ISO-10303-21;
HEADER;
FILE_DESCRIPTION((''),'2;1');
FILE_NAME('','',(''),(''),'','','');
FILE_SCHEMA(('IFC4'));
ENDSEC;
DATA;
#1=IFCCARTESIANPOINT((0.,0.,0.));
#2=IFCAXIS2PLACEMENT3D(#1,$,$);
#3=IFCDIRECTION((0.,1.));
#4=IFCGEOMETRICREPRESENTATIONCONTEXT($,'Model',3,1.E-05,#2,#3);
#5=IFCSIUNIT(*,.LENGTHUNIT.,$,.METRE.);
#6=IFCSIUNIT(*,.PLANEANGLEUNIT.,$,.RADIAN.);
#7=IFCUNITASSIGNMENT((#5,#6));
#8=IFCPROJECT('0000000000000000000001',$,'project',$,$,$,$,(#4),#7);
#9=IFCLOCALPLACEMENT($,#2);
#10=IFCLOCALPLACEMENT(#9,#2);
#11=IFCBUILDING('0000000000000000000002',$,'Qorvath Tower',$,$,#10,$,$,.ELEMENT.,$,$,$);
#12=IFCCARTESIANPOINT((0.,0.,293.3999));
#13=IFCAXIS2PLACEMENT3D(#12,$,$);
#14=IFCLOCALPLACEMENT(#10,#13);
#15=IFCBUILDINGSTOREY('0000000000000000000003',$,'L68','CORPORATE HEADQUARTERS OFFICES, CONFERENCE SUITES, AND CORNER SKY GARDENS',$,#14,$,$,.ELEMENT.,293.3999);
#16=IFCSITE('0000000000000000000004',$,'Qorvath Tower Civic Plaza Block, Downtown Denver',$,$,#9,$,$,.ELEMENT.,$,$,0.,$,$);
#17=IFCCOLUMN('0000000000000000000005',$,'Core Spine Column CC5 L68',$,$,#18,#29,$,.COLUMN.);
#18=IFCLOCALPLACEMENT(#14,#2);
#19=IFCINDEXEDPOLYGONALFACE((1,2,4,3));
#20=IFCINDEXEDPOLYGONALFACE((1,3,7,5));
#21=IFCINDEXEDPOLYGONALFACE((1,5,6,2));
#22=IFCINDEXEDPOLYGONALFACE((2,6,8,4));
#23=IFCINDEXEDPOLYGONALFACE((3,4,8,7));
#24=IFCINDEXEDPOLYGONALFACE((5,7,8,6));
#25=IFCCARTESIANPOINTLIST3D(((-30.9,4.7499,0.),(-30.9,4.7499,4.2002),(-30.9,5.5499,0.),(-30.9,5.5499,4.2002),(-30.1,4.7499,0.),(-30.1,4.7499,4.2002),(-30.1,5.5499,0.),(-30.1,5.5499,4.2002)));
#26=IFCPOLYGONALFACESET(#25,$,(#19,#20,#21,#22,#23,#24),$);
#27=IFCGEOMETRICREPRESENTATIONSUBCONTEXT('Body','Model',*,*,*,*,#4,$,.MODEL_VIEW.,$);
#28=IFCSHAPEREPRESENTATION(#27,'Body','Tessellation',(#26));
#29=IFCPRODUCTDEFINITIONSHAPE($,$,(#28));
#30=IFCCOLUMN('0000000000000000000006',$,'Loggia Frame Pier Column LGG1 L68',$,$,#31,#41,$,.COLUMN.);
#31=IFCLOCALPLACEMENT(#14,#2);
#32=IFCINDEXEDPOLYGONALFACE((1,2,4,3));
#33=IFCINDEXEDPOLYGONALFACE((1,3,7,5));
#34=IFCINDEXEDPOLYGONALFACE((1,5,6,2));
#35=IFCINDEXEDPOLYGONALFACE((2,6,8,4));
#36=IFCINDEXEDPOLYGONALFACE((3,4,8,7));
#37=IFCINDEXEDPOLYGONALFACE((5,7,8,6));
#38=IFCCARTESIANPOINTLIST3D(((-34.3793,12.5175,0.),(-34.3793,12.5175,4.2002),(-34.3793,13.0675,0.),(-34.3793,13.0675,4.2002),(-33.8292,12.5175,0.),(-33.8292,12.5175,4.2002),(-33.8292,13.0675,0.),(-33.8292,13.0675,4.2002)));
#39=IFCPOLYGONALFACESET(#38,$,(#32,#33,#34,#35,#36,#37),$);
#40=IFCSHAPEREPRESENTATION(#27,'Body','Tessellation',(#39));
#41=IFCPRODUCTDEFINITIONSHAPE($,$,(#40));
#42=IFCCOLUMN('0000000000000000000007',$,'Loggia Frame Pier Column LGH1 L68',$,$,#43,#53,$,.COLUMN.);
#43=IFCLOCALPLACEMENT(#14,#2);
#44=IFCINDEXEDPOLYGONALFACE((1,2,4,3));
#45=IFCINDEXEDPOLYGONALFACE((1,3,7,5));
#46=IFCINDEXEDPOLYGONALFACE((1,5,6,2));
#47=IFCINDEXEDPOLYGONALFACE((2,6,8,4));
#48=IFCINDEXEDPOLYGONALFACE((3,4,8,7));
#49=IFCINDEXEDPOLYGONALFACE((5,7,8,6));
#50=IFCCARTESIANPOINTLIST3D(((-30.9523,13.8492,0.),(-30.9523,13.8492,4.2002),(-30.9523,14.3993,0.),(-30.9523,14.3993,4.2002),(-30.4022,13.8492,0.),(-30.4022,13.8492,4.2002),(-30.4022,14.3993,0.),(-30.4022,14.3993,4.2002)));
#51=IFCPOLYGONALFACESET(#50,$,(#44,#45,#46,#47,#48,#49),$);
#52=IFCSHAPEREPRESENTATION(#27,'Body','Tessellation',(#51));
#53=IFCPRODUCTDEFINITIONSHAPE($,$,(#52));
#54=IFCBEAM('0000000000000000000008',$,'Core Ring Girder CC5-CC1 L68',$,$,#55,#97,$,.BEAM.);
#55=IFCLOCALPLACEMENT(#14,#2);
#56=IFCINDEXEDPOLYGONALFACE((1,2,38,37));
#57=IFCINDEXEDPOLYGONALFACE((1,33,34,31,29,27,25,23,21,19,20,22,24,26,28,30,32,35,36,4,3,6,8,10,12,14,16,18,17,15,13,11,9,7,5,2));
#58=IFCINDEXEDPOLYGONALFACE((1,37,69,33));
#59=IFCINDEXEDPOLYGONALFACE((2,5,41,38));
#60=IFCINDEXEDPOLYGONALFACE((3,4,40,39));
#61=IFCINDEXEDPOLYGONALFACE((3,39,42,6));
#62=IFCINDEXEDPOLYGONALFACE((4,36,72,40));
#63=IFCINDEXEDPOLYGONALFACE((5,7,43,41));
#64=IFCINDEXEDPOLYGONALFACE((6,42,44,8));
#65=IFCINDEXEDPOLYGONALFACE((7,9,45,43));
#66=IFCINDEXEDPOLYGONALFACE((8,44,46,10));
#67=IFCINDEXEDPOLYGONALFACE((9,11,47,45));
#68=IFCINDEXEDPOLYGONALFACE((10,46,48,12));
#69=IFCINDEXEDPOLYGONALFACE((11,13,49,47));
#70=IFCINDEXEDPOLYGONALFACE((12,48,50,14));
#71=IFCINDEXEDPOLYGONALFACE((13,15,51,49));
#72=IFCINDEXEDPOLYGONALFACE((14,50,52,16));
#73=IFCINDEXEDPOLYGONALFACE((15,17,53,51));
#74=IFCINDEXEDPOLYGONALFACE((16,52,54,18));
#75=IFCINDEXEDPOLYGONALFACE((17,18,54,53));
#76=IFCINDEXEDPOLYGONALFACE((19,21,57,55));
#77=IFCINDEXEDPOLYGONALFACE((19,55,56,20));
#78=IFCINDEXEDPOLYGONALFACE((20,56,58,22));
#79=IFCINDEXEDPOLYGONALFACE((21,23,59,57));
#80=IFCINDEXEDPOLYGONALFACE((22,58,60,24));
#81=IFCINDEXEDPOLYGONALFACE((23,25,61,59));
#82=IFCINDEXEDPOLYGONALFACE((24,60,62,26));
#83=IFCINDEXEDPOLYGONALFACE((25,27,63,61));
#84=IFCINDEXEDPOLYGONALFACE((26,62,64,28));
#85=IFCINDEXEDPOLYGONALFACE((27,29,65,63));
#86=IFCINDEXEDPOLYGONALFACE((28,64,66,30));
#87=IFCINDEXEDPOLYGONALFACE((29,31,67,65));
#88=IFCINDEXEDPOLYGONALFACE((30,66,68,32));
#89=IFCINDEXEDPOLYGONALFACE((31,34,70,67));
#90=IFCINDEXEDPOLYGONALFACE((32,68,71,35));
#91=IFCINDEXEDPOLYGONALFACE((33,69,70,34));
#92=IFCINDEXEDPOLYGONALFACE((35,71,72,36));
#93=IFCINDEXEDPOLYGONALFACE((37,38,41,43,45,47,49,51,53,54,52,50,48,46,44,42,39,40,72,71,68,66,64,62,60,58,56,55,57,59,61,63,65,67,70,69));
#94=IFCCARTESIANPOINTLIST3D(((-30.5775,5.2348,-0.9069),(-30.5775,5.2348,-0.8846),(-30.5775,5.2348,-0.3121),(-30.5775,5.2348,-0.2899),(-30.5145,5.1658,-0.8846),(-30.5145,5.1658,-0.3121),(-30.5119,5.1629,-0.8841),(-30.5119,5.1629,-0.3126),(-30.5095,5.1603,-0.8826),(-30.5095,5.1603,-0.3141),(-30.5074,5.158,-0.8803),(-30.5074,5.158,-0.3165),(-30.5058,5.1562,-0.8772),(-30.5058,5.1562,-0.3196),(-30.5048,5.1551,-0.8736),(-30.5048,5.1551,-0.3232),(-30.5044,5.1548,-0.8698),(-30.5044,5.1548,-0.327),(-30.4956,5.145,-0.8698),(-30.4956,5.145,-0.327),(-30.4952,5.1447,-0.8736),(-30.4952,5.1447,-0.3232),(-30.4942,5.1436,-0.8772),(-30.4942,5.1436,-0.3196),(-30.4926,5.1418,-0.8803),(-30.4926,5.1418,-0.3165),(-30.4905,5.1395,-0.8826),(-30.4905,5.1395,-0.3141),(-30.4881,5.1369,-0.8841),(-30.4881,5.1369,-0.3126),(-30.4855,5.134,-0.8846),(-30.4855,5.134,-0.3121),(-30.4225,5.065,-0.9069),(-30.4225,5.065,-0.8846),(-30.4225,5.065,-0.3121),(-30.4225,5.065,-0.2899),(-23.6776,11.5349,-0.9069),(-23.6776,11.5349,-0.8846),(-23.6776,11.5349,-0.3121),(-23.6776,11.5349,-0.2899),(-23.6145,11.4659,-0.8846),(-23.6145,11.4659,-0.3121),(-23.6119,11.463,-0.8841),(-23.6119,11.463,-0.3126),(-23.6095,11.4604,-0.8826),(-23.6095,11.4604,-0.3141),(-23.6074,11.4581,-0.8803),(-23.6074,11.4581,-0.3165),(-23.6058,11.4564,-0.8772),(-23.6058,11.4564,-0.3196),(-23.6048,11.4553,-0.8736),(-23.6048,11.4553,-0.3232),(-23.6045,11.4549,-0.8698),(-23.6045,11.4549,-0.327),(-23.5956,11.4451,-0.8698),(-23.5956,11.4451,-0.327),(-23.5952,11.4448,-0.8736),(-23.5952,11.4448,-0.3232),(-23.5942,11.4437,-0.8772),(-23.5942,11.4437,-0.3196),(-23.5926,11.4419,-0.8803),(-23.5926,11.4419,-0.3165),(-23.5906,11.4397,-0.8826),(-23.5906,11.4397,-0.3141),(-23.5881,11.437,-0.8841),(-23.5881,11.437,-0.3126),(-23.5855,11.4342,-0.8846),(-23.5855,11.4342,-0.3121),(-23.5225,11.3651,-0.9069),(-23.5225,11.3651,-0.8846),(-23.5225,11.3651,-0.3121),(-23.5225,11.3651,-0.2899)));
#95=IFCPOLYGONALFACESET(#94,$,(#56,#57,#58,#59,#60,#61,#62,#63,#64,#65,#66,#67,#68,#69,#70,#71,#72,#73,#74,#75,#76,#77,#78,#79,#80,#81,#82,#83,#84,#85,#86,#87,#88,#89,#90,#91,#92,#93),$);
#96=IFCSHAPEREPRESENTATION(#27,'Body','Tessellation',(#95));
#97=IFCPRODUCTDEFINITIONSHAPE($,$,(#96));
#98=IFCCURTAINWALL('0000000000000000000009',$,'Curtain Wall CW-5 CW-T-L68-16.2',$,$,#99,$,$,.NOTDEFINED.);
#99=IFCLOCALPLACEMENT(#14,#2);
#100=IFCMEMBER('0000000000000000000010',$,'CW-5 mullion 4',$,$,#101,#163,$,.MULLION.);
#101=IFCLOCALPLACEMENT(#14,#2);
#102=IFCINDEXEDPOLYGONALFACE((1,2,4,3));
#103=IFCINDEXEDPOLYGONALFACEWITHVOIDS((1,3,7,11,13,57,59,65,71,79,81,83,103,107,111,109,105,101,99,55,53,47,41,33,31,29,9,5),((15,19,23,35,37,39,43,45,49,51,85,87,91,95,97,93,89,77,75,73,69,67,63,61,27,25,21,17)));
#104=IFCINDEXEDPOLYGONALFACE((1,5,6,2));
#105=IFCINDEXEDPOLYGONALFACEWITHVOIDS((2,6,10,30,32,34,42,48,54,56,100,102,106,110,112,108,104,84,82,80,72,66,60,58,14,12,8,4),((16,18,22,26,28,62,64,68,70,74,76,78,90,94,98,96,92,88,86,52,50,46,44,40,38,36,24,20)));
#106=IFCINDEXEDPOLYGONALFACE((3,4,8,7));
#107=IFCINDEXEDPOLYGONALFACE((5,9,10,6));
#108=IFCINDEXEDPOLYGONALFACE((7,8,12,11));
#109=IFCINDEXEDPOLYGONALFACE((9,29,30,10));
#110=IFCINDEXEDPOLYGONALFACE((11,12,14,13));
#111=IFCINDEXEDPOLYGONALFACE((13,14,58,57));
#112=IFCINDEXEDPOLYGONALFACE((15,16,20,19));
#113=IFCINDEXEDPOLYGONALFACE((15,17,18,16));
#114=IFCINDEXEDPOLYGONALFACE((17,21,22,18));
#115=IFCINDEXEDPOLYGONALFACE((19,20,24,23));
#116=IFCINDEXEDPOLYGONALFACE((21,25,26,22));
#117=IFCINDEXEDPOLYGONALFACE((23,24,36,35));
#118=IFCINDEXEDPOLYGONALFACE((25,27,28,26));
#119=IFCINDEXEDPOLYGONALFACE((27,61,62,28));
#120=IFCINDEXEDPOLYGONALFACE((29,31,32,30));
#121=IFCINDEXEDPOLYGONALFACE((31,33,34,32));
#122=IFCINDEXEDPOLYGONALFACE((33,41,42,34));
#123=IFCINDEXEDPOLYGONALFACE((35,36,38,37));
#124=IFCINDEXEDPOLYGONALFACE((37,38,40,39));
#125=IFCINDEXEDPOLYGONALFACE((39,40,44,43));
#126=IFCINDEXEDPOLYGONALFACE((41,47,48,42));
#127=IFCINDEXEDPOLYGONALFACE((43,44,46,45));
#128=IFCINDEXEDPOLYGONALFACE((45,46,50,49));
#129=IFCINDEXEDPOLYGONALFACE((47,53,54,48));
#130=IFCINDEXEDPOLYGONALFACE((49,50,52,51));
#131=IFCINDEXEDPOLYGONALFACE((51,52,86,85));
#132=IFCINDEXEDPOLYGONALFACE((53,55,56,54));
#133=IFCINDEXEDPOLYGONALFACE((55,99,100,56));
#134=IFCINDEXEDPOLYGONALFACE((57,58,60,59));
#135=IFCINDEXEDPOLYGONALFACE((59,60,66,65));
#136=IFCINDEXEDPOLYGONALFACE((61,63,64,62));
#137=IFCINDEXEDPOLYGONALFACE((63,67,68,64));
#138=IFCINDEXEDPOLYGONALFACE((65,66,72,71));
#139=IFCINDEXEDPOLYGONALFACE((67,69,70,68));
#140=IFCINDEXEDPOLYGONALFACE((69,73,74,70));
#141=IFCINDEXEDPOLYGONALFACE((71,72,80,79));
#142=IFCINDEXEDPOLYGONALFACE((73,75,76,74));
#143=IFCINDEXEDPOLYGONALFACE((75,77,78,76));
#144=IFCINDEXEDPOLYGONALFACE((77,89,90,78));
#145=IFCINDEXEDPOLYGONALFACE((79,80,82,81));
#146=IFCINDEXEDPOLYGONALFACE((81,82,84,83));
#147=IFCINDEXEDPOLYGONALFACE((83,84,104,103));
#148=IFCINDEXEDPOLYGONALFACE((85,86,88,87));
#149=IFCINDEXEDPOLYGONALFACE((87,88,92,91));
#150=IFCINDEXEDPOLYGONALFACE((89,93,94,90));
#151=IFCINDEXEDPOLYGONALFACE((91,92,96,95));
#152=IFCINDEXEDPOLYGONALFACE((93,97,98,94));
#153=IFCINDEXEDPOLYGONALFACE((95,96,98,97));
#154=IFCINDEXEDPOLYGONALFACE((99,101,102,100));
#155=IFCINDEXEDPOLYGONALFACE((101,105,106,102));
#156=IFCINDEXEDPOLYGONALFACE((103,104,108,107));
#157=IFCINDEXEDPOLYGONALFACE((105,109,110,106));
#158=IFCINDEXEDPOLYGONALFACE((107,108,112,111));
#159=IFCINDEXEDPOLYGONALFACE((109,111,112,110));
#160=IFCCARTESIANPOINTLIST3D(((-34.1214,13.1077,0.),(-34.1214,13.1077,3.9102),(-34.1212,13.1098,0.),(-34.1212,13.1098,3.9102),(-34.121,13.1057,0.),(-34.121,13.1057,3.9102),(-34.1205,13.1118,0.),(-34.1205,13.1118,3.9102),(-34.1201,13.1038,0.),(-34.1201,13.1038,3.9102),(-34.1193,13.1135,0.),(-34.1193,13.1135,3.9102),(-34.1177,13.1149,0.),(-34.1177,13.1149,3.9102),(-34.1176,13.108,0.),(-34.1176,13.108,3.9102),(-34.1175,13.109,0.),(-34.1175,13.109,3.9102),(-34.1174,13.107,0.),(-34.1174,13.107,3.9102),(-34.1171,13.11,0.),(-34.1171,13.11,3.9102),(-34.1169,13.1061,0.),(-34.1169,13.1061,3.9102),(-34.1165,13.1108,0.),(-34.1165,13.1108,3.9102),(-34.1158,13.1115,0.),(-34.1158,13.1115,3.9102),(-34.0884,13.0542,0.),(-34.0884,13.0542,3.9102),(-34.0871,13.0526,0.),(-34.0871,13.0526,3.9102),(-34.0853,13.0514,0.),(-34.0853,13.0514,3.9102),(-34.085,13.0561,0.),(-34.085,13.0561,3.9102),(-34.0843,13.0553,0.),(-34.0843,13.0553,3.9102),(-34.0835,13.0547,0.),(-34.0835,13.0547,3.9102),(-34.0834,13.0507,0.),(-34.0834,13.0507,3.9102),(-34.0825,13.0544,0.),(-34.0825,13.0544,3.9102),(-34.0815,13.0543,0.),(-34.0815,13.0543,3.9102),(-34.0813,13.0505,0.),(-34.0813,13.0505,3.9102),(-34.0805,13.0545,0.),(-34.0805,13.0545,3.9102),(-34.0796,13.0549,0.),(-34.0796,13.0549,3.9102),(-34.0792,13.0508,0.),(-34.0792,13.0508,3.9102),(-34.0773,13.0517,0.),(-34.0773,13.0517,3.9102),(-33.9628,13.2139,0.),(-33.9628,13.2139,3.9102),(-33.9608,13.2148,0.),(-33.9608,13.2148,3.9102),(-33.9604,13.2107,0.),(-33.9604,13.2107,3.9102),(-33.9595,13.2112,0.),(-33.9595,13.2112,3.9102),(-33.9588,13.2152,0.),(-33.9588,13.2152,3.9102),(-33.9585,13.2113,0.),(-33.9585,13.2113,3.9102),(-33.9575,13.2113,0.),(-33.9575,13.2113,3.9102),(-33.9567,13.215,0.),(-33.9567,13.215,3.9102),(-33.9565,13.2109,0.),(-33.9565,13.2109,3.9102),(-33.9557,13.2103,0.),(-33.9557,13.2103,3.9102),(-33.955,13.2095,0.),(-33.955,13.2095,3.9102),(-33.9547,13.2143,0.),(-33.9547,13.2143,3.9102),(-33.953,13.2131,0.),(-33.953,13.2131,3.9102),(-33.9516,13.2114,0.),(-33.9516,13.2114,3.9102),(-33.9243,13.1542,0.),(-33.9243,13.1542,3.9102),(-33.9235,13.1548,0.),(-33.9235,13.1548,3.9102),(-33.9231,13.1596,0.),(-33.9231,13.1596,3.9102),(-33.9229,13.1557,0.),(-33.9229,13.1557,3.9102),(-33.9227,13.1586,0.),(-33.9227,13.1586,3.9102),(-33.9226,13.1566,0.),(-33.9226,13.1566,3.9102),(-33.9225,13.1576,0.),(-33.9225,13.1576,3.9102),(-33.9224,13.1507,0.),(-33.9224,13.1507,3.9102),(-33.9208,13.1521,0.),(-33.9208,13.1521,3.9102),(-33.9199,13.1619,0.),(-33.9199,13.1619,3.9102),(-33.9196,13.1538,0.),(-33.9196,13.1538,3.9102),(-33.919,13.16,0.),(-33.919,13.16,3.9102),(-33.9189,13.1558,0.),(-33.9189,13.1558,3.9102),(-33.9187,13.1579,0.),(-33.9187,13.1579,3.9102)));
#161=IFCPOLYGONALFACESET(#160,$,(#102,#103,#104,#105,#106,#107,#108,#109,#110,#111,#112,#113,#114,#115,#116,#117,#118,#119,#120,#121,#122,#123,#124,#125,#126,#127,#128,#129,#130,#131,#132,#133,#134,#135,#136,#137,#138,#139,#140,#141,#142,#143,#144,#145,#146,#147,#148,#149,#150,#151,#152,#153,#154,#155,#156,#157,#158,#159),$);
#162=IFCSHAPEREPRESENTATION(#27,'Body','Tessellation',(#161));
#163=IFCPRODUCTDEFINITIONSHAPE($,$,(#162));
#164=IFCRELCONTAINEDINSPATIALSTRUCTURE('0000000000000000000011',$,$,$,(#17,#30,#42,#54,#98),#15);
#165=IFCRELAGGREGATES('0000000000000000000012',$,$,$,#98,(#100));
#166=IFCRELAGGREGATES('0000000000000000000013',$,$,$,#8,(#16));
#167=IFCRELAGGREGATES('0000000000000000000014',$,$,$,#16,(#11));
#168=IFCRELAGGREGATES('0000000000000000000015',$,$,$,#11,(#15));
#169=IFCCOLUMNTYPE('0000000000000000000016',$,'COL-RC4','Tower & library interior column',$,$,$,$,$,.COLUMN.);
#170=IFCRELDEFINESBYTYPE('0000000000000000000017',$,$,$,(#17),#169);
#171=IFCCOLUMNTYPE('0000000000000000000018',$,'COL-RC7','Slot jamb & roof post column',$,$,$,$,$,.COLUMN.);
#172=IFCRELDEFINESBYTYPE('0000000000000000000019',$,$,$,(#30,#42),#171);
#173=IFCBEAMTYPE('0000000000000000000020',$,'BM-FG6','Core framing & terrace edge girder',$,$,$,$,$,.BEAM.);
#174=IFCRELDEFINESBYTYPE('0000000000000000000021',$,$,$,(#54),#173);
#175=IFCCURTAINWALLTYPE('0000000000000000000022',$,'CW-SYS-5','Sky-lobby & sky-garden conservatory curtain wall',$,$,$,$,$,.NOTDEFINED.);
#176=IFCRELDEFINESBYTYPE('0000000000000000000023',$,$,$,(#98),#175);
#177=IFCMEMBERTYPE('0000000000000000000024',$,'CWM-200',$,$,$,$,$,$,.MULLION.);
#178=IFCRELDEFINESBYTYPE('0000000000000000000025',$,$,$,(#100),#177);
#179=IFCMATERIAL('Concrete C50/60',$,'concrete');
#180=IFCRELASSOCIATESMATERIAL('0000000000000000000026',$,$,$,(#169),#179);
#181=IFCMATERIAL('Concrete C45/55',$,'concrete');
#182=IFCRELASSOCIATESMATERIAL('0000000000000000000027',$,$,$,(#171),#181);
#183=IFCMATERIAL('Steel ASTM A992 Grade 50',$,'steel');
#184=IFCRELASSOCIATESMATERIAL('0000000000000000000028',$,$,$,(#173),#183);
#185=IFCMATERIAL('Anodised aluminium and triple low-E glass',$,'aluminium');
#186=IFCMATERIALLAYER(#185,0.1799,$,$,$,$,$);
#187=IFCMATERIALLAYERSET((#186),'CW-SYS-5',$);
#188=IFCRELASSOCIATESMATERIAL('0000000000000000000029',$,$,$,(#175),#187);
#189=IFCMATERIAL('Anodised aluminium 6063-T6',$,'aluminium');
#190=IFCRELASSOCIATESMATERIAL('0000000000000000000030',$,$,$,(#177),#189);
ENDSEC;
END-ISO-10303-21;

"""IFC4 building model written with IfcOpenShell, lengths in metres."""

from ifc_helpers import new_model, si_unit, direction, frame, origin, origin_2d, place, context, subcontext, project, spatial, rectangle, hollow_rectangle, i_section, extrude, material, layer, layer_set, material_profile, profile_set, type_object, element, aggregate, save


model = new_model("IFC4")

# Units and contexts
model_context = context("Model", 3, precision=1e-05, world=origin(), true_north=direction((0.0, 1.0)))
body_context = subcontext(model_context, "Body", "Model", "MODEL_VIEW")
ifc_project = project(units=[si_unit("LENGTHUNIT", "METRE"), si_unit("PLANEANGLEUNIT", "RADIAN")], contexts=[model_context])

# Site, building, storey
site_placement = place(None, origin())
site = spatial("IfcSite", under=ifc_project, at=site_placement, Name="Qorvath Tower Civic Plaza Block, Downtown Denver", CompositionType="ELEMENT", RefElevation=0.0)
building_placement = place(site_placement, origin())
building = spatial("IfcBuilding", under=site, at=building_placement, Name="Qorvath Tower", CompositionType="ELEMENT")
storey_placement = place(building_placement, frame((0.0, 0.0, 293.3999)))
storey = spatial("IfcBuildingStorey", under=building, at=storey_placement, Name="L68", Description="CORPORATE HEADQUARTERS OFFICES, CONFERENCE SUITES, AND CORNER SKY GARDENS", CompositionType="ELEMENT", Elevation=293.3999)

# Columns
ifc_material_1 = material(Name="Concrete C50/60", Category="concrete")
ifc_material_profile_1 = material_profile(ifc_material_1, rectangle(XDim=0.8, YDim=0.8, at=origin_2d()), Name="RC 800x800")
ifc_profile_set_1 = profile_set([ifc_material_profile_1], Name="Concrete C50/60")
column_type_1 = type_object("IfcColumnType", Name="COL-RC4", Description="Tower & library interior column", PredefinedType="COLUMN", material=ifc_profile_set_1)
column_placement = place(storey_placement, frame((-30.5, 5.1499, 0.0), z_axis=(0.0, 0.0, 1.0), x_axis=(1.0, 0.0, 0.0)))
element("IfcColumn", 1, at=column_placement, inside=storey, type_object=column_type_1, Name="Core Spine Column CC5 L68", PredefinedType="COLUMN", context=body_context, shape_type="SweptSolid", body=[
    extrude(rectangle(XDim=0.8, YDim=0.8, at=origin_2d()), origin(), (0.0, 0.0, 1.0), 4.2002),
])
ifc_material_2 = material(Name="Concrete C45/55", Category="concrete")
ifc_material_profile_2 = material_profile(ifc_material_2, rectangle(XDim=0.55, YDim=0.55, at=origin_2d()), Name="RC 550x550")
ifc_profile_set_2 = profile_set([ifc_material_profile_2], Name="Concrete C45/55")
column_type_2 = type_object("IfcColumnType", Name="COL-RC7", Description="Slot jamb & roof post column", PredefinedType="COLUMN", material=ifc_profile_set_2)
for number, where, z_axis, x_axis, name in (
    (2, (-34.1042, 12.7925, 0.0), (0.0, 0.0, 1.0), (1.0, 0.0, 0.0), "Loggia Frame Pier Column LGG1 L68"),
    (3, (-30.6772, 14.1243, 0.0), (0.0, 0.0, 1.0), (1.0, 0.0, 0.0), "Loggia Frame Pier Column LGH1 L68"),
):
    element("IfcColumn", number, at=place(storey_placement, frame(where, z_axis=z_axis, x_axis=x_axis)), inside=storey, type_object=column_type_2, Name=name, PredefinedType="COLUMN", context=body_context, shape_type="SweptSolid", body=[
        extrude(rectangle(XDim=0.55, YDim=0.55, at=origin_2d()), origin(), (0.0, 0.0, 1.0), 4.2002),
    ])

# Beam
ifc_material_3 = material(Name="Steel ASTM A992 Grade 50", Category="steel")
ifc_material_profile_3 = material_profile(ifc_material_3, i_section(OverallWidth=0.23, OverallDepth=0.6169, WebThickness=0.0132, FlangeThickness=0.0222, FilletRadius=0.0149, at=origin_2d()), Name="W24x94")
ifc_profile_set_3 = profile_set([ifc_material_profile_3], Name="Steel ASTM A992 Grade 50")
beam_type = type_object("IfcBeamType", Name="BM-FG6", Description="Core framing & terrace edge girder", PredefinedType="BEAM", material=ifc_profile_set_3)
beam_placement = place(storey_placement, frame((-30.5, 5.1499, -0.5984), z_axis=(0.738478, 0.674277, 0.0), x_axis=(-0.674277, 0.738478, 0.0)))
element("IfcBeam", 4, at=beam_placement, inside=storey, type_object=beam_type, Name="Core Ring Girder CC5-CC1 L68", PredefinedType="BEAM", context=body_context, shape_type="SweptSolid", body=[
    extrude(i_section(OverallWidth=0.23, OverallDepth=0.6169, WebThickness=0.0132, FlangeThickness=0.0222, FilletRadius=0.0149, at=origin_2d()), origin(), (0.0, 0.0, 1.0), 9.3435),
])

# Curtain wall, member
ifc_material_4 = material(Name="Anodised aluminium and triple low-E glass", Category="aluminium")
ifc_layer_1 = layer(ifc_material_4, 0.1799)
ifc_layer_set_1 = layer_set([ifc_layer_1], Name="CW-SYS-5")
curtain_wall_type = type_object("IfcCurtainWallType", Name="CW-SYS-5", Description="Sky-lobby & sky-garden conservatory curtain wall", PredefinedType="NOTDEFINED", material=ifc_layer_set_1)
curtain_wall_1_placement = place(storey_placement, origin())
curtain_wall_1 = element("IfcCurtainWall", 5, at=curtain_wall_1_placement, inside=storey, type_object=curtain_wall_type, Name="Curtain Wall CW-5 CW-T-L68-16.2", PredefinedType="NOTDEFINED")
ifc_material_5 = material(Name="Anodised aluminium 6063-T6", Category="aluminium")
ifc_material_profile_4 = material_profile(ifc_material_5, hollow_rectangle(XDim=0.075, YDim=0.2, WallThickness=0.0039, InnerFilletRadius=0.0039, OuterFilletRadius=0.0081, at=origin_2d()), Name="CWM 200x75")
ifc_profile_set_4 = profile_set([ifc_material_profile_4], Name="Anodised aluminium 6063-T6")
member_type_1 = type_object("IfcMemberType", Name="CWM-200", PredefinedType="MULLION", material=ifc_profile_set_4)
member_1_placement = place(storey_placement, frame((-34.02, 13.1328, 0.0), z_axis=(0.0, 0.0, 1.0), x_axis=(0.538534, -0.842604, 0.0)))
member_1 = element("IfcMember", 6, at=member_1_placement, type_object=member_type_1, Name="CW-5 mullion 4", PredefinedType="MULLION", context=body_context, shape_type="SweptSolid", body=[
    extrude(hollow_rectangle(XDim=0.075, YDim=0.2, WallThickness=0.0039, InnerFilletRadius=0.0039, OuterFilletRadius=0.0081, at=origin_2d()), origin(), (0.0, 0.0, 1.0), 3.9102),
])

aggregate(curtain_wall_1, [member_1])

save(model, "model.ifc")
